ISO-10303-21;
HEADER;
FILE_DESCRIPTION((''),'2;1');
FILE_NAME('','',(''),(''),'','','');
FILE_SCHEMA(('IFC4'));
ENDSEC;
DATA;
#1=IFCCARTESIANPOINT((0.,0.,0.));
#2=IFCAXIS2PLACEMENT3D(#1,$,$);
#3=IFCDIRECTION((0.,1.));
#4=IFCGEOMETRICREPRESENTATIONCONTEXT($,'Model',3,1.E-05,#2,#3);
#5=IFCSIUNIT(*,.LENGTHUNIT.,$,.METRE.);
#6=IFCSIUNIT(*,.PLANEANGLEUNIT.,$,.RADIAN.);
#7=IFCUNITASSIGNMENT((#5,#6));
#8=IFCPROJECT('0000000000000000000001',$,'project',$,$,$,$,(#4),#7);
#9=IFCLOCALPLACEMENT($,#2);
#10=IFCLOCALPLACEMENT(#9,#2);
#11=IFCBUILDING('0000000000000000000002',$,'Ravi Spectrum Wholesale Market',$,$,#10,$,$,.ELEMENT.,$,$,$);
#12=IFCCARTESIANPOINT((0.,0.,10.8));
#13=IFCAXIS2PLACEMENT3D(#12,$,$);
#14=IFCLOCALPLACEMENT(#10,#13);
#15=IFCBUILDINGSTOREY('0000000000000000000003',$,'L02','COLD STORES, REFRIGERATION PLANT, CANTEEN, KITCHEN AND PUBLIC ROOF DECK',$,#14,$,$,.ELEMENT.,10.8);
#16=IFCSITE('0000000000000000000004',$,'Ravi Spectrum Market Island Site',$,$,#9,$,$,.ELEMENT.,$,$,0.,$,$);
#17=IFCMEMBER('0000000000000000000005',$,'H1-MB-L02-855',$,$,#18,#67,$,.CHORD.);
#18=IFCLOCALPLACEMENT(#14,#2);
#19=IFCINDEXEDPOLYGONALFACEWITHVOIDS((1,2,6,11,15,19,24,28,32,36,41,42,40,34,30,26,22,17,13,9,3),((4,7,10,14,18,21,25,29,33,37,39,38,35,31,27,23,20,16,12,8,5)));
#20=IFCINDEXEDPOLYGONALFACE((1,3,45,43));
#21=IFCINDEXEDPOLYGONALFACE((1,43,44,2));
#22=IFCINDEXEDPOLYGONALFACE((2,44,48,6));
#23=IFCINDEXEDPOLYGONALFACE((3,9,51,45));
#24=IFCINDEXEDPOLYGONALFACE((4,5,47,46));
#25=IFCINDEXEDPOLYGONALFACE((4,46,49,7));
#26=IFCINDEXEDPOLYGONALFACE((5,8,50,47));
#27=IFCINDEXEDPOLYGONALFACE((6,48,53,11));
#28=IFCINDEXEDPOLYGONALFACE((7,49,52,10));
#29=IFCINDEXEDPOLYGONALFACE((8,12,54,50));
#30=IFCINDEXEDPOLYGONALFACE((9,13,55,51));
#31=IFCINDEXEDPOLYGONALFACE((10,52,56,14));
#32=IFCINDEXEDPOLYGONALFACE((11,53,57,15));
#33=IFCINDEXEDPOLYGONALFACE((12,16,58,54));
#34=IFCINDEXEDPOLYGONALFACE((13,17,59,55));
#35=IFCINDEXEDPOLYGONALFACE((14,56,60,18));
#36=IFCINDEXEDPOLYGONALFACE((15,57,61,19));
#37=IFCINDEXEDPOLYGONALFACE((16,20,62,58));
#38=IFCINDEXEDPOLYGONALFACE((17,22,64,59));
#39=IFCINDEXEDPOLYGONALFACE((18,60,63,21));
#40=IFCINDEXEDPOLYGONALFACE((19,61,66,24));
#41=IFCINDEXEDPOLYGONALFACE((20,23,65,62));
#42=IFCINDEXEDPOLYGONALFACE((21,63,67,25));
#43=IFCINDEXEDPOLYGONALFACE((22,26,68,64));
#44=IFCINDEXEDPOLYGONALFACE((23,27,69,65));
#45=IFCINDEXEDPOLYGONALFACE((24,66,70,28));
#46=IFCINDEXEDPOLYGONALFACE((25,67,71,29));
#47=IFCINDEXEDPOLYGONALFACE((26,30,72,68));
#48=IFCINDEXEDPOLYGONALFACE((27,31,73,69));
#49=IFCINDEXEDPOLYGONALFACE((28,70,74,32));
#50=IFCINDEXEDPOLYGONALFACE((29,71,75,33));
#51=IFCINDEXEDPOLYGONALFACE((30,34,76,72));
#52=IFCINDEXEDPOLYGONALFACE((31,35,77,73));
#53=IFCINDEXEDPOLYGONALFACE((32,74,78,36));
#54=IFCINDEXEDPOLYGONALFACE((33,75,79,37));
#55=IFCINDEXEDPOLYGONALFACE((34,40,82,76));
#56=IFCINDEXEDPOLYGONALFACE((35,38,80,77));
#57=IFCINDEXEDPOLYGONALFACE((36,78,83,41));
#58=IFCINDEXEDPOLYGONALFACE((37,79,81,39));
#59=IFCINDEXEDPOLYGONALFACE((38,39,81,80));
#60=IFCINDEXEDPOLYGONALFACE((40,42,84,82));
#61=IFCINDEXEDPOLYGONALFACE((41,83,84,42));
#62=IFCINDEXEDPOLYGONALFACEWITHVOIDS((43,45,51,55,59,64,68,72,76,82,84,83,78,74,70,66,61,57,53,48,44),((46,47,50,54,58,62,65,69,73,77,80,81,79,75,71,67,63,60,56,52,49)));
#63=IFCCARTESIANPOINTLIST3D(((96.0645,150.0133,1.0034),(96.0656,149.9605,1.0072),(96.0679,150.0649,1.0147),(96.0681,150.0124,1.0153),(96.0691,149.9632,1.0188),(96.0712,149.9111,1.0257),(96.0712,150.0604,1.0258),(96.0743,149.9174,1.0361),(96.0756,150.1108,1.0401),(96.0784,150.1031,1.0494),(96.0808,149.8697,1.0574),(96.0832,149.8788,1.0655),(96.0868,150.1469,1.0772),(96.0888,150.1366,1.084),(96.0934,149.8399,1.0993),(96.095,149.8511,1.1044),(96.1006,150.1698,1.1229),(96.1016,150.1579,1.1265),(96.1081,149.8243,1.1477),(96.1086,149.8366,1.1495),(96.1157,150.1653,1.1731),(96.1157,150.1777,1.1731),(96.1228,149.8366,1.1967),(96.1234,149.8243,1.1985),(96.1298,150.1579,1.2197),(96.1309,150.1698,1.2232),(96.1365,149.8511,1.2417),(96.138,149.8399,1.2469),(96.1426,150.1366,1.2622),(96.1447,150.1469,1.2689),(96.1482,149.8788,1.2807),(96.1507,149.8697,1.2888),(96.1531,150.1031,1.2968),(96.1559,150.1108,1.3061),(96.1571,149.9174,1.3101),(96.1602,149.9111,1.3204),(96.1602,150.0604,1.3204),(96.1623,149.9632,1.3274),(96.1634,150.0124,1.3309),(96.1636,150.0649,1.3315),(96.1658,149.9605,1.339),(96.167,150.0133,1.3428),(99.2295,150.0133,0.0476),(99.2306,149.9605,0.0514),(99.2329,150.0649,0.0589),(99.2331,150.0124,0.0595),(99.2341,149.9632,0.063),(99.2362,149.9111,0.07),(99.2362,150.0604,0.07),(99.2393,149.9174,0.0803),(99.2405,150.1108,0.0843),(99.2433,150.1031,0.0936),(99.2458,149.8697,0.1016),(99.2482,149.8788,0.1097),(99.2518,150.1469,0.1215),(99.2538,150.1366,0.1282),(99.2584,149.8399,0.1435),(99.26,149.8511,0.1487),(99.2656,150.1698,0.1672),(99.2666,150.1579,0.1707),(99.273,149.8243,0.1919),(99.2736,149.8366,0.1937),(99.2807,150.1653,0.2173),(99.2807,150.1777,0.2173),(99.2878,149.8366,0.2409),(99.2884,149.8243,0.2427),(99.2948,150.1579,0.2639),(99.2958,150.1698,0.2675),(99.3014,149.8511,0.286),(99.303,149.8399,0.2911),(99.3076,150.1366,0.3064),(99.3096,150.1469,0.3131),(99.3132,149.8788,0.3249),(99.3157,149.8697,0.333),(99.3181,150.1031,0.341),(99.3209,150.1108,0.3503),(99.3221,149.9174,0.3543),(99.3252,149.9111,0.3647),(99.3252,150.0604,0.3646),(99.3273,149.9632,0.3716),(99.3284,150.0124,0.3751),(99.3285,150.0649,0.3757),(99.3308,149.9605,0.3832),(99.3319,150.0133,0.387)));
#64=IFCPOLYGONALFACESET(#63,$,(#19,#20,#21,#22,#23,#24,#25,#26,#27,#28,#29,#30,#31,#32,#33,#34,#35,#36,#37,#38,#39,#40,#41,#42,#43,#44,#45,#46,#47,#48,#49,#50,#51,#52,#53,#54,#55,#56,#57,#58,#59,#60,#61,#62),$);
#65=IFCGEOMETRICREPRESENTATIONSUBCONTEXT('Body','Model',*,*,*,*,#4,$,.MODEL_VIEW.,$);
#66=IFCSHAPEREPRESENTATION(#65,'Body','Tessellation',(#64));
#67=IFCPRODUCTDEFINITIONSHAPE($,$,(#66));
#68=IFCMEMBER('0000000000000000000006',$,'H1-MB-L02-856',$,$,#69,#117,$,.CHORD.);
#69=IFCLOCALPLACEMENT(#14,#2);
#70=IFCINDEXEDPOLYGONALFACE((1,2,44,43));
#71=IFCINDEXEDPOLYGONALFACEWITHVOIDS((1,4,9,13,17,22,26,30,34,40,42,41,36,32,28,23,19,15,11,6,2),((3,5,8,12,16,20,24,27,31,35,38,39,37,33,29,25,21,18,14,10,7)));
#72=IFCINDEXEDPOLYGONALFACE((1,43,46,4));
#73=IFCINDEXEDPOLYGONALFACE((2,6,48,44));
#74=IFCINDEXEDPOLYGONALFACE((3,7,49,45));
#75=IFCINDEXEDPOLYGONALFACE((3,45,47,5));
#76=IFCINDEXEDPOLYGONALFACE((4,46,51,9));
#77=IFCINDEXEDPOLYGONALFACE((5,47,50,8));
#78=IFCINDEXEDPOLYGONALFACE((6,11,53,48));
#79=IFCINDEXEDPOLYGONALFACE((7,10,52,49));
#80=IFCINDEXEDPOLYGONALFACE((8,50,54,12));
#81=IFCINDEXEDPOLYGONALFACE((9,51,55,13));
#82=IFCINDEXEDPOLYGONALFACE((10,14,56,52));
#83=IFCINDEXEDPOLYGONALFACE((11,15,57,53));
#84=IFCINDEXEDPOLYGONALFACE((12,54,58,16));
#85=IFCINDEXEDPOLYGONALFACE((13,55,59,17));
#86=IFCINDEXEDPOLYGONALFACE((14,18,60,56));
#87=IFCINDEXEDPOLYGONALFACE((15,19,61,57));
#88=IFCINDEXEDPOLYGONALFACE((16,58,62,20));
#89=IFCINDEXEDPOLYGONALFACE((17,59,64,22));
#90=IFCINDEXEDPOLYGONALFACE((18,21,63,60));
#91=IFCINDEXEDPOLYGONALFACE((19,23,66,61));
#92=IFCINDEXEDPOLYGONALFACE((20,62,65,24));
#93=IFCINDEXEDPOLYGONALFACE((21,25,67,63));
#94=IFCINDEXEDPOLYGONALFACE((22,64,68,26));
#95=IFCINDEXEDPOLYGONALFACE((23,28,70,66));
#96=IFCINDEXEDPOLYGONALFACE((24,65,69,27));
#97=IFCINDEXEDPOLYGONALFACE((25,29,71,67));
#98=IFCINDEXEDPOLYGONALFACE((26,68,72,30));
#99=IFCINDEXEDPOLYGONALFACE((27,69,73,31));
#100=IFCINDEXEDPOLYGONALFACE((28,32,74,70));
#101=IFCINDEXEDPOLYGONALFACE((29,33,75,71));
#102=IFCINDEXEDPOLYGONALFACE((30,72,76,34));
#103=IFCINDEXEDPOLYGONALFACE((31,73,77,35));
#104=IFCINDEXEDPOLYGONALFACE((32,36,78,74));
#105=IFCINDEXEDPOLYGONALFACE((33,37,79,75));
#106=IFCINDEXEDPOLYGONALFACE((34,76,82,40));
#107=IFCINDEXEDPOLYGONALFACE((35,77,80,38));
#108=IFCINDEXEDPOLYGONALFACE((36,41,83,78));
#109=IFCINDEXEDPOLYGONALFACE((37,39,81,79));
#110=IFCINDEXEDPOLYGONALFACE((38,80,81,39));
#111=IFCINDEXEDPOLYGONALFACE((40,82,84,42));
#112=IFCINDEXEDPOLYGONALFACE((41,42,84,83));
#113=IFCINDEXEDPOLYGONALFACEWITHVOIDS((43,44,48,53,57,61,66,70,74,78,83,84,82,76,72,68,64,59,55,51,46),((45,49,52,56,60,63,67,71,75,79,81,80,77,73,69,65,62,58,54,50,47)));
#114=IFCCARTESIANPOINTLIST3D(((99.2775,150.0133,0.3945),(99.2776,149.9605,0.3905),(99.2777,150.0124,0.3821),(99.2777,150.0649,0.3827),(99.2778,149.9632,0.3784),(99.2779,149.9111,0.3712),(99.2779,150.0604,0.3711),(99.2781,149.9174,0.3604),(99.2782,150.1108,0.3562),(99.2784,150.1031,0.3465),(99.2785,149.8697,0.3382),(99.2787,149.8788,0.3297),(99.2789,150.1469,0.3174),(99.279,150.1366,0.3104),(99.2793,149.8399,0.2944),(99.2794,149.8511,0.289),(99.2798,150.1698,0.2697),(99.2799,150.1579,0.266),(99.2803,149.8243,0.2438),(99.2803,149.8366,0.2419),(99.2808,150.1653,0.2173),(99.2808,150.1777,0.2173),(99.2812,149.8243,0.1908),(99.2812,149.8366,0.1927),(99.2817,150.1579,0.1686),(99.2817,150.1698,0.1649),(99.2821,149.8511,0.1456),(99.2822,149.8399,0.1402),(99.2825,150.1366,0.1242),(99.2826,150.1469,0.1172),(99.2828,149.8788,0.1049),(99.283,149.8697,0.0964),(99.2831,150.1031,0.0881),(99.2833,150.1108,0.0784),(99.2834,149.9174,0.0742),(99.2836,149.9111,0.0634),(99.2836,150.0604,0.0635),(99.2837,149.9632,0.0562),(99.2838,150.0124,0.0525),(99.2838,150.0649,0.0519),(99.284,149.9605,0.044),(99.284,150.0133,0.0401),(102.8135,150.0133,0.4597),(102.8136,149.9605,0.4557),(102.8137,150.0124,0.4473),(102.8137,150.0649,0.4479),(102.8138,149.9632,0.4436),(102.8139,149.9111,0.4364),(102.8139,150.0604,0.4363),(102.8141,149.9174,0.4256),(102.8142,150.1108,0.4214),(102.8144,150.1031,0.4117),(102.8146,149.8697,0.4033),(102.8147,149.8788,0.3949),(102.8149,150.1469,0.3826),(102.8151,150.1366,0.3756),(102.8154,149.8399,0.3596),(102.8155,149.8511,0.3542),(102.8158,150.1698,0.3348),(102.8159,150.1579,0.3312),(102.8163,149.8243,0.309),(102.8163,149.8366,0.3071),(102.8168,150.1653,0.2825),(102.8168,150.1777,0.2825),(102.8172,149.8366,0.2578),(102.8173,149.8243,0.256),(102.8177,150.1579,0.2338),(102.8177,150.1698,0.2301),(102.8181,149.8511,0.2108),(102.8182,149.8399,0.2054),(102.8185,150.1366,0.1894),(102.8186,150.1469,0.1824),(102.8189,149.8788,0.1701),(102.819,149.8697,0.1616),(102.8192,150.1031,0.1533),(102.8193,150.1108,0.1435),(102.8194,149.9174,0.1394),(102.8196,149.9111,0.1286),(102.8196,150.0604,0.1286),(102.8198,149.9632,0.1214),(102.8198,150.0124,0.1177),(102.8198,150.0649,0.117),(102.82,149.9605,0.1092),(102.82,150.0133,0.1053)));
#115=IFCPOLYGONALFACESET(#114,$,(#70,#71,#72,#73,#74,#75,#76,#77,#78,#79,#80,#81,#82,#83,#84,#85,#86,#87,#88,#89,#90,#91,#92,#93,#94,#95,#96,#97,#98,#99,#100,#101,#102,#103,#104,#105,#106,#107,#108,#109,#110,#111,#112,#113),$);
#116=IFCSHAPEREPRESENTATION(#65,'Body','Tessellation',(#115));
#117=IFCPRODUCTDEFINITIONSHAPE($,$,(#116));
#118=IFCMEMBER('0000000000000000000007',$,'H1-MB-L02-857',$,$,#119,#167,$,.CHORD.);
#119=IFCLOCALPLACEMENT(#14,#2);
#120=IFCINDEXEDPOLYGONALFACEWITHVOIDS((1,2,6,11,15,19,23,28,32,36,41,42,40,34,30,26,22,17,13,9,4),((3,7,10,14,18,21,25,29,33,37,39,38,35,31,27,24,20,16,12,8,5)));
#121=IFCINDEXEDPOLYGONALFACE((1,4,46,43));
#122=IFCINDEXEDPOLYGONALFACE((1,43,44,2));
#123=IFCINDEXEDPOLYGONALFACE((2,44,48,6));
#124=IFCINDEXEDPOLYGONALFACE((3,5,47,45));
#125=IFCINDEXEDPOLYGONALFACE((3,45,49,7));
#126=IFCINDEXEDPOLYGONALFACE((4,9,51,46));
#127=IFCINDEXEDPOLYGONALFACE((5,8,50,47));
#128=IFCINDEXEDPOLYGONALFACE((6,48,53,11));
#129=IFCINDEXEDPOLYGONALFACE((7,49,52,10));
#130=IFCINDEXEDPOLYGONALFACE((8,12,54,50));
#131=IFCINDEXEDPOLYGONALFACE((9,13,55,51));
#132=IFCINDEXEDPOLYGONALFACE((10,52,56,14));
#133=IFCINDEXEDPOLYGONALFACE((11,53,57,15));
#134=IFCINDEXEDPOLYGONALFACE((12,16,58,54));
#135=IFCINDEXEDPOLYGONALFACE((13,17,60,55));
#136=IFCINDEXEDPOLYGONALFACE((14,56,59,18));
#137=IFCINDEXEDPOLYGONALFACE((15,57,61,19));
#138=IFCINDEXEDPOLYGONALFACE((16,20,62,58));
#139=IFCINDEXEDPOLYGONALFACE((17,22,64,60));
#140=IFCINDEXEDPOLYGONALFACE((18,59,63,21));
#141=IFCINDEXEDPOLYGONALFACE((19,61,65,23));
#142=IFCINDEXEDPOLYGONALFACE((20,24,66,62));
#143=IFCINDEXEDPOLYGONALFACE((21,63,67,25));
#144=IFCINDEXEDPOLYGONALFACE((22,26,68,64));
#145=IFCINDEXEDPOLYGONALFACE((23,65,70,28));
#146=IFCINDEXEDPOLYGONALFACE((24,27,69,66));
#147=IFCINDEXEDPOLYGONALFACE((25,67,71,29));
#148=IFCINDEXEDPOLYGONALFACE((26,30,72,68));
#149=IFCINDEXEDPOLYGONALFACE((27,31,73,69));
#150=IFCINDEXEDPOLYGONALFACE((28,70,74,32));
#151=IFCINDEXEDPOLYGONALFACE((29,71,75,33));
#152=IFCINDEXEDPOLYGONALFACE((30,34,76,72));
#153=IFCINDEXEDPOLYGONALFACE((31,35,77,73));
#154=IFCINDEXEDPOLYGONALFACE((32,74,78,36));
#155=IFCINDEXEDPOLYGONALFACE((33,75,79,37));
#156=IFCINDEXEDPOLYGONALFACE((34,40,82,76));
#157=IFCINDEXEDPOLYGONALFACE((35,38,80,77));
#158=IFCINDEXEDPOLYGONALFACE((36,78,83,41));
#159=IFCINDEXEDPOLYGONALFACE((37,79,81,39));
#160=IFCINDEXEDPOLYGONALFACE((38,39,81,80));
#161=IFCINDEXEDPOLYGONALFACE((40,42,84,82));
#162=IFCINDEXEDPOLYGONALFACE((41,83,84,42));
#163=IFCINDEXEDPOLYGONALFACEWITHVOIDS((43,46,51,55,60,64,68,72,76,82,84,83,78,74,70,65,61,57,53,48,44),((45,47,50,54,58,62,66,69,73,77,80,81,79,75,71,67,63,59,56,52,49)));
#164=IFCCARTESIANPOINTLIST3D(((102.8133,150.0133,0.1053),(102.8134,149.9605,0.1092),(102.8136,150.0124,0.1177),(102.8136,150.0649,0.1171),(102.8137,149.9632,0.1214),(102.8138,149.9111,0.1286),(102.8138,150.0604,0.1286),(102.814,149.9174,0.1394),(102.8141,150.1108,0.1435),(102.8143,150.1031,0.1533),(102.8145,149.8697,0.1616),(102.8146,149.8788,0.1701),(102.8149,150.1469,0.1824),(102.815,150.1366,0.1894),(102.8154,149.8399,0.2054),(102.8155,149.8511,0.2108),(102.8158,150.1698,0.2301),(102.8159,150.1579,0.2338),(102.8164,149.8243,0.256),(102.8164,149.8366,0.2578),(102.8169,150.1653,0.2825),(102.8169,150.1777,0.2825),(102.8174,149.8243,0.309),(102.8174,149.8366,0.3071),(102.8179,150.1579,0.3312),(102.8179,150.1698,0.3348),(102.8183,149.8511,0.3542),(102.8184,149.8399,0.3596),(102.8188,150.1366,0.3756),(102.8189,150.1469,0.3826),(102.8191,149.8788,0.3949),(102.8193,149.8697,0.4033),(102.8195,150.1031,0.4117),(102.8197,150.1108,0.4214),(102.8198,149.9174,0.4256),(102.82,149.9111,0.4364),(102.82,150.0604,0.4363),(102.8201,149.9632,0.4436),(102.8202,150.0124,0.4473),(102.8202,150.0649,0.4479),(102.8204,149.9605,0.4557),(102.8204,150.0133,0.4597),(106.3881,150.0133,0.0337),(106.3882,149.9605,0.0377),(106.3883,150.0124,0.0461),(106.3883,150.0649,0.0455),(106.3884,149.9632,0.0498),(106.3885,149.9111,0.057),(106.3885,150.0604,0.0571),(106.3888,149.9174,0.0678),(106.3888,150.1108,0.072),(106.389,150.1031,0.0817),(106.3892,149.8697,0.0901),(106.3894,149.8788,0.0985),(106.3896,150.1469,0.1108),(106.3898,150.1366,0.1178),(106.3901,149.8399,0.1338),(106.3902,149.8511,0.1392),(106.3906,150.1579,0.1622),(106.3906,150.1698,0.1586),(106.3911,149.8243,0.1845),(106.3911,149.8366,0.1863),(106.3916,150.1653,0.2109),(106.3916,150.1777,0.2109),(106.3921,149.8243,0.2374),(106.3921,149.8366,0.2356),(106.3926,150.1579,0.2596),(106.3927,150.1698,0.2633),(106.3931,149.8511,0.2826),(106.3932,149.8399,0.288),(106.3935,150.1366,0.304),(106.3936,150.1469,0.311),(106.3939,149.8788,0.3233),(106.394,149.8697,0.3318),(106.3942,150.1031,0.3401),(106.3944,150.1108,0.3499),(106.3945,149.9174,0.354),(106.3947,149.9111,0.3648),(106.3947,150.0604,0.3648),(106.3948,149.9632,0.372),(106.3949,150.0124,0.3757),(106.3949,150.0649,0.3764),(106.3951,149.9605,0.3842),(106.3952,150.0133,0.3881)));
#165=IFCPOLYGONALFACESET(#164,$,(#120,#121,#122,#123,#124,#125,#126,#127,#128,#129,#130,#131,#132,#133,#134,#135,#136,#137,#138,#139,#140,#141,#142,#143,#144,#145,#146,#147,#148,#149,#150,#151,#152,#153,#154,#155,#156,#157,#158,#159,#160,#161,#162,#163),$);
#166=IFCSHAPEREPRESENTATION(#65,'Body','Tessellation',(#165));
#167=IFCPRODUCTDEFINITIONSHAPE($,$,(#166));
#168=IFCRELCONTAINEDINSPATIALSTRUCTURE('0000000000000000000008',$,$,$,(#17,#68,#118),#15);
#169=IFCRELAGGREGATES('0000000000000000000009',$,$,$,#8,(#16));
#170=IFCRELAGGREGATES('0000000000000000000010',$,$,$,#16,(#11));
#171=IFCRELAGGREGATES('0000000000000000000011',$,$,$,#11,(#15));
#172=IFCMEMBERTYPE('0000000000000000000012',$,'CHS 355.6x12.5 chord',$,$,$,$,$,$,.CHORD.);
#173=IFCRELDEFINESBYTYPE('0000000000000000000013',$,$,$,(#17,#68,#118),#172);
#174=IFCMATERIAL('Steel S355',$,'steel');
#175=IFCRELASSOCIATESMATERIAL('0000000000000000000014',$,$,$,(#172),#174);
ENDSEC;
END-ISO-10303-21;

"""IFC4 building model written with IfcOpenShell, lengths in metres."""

from ifc_helpers import new_model, si_unit, direction, frame, origin, origin_2d, place, context, subcontext, project, spatial, hollow_circle, extrude, material, material_profile, profile_set, type_object, element, save


model = new_model("IFC4")

# Units and contexts
model_context = context("Model", 3, precision=1e-05, world=origin(), true_north=direction((0.0, 1.0)))
body_context = subcontext(model_context, "Body", "Model", "MODEL_VIEW")
ifc_project = project(units=[si_unit("LENGTHUNIT", "METRE"), si_unit("PLANEANGLEUNIT", "RADIAN")], contexts=[model_context])

# Site, building, storey
site_placement = place(None, origin())
site = spatial("IfcSite", under=ifc_project, at=site_placement, Name="Ravi Spectrum Market Island Site", CompositionType="ELEMENT", RefElevation=0.0)
building_placement = place(site_placement, origin())
building = spatial("IfcBuilding", under=site, at=building_placement, Name="Ravi Spectrum Wholesale Market", CompositionType="ELEMENT")
storey_placement = place(building_placement, frame((0.0, 0.0, 10.8)))
storey = spatial("IfcBuildingStorey", under=building, at=storey_placement, Name="L02", Description="COLD STORES, REFRIGERATION PLANT, CANTEEN, KITCHEN AND PUBLIC ROOF DECK", CompositionType="ELEMENT", Elevation=10.8)

# Members
ifc_material_1 = material(Name="Steel S355", Category="steel")
ifc_material_profile_1 = material_profile(ifc_material_1, hollow_circle(Radius=0.1777, WallThickness=0.0125, at=origin_2d()))
ifc_profile_set_1 = profile_set([ifc_material_profile_1], Name="Steel S355")
member_type_1 = type_object("IfcMemberType", Name="CHS 355.6x12.5 chord", PredefinedType="CHORD", material=ifc_profile_set_1)
member_1_placement = place(storey_placement, frame((96.1157, 150.0, 1.1731), z_axis=(0.9573, 0.0, -0.289095), x_axis=(0.0, 1.0, 0.0)))
element("IfcMember", 1, at=member_1_placement, inside=storey, type_object=member_type_1, Name="H1-MB-L02-855", PredefinedType="CHORD", context=body_context, shape_type="SweptSolid", body=[
    extrude(hollow_circle(Radius=0.1777, WallThickness=0.0125, at=origin_2d()), origin(), (0.0, 0.0, 1.0), 3.3062),
])
member_2_placement = place(storey_placement, frame((99.2808, 150.0, 0.2173), z_axis=(0.99983, 0.0, 0.018431), x_axis=(0.0, 1.0, 0.0)))
element("IfcMember", 2, at=member_2_placement, inside=storey, type_object=member_type_1, Name="H1-MB-L02-856", PredefinedType="CHORD", context=body_context, shape_type="SweptSolid", body=[
    extrude(hollow_circle(Radius=0.1777, WallThickness=0.0125, at=origin_2d()), origin(), (0.0, 0.0, 1.0), 3.5366),
])
member_3_placement = place(storey_placement, frame((102.8169, 150.0, 0.2825), z_axis=(0.9998, 0.0, -0.020007), x_axis=(0.0, 1.0, 0.0)))
element("IfcMember", 3, at=member_3_placement, inside=storey, type_object=member_type_1, Name="H1-MB-L02-857", PredefinedType="CHORD", context=body_context, shape_type="SweptSolid", body=[
    extrude(hollow_circle(Radius=0.1777, WallThickness=0.0125, at=origin_2d()), origin(), (0.0, 0.0, 1.0), 3.5754),
])

save(model, "model.ifc")
